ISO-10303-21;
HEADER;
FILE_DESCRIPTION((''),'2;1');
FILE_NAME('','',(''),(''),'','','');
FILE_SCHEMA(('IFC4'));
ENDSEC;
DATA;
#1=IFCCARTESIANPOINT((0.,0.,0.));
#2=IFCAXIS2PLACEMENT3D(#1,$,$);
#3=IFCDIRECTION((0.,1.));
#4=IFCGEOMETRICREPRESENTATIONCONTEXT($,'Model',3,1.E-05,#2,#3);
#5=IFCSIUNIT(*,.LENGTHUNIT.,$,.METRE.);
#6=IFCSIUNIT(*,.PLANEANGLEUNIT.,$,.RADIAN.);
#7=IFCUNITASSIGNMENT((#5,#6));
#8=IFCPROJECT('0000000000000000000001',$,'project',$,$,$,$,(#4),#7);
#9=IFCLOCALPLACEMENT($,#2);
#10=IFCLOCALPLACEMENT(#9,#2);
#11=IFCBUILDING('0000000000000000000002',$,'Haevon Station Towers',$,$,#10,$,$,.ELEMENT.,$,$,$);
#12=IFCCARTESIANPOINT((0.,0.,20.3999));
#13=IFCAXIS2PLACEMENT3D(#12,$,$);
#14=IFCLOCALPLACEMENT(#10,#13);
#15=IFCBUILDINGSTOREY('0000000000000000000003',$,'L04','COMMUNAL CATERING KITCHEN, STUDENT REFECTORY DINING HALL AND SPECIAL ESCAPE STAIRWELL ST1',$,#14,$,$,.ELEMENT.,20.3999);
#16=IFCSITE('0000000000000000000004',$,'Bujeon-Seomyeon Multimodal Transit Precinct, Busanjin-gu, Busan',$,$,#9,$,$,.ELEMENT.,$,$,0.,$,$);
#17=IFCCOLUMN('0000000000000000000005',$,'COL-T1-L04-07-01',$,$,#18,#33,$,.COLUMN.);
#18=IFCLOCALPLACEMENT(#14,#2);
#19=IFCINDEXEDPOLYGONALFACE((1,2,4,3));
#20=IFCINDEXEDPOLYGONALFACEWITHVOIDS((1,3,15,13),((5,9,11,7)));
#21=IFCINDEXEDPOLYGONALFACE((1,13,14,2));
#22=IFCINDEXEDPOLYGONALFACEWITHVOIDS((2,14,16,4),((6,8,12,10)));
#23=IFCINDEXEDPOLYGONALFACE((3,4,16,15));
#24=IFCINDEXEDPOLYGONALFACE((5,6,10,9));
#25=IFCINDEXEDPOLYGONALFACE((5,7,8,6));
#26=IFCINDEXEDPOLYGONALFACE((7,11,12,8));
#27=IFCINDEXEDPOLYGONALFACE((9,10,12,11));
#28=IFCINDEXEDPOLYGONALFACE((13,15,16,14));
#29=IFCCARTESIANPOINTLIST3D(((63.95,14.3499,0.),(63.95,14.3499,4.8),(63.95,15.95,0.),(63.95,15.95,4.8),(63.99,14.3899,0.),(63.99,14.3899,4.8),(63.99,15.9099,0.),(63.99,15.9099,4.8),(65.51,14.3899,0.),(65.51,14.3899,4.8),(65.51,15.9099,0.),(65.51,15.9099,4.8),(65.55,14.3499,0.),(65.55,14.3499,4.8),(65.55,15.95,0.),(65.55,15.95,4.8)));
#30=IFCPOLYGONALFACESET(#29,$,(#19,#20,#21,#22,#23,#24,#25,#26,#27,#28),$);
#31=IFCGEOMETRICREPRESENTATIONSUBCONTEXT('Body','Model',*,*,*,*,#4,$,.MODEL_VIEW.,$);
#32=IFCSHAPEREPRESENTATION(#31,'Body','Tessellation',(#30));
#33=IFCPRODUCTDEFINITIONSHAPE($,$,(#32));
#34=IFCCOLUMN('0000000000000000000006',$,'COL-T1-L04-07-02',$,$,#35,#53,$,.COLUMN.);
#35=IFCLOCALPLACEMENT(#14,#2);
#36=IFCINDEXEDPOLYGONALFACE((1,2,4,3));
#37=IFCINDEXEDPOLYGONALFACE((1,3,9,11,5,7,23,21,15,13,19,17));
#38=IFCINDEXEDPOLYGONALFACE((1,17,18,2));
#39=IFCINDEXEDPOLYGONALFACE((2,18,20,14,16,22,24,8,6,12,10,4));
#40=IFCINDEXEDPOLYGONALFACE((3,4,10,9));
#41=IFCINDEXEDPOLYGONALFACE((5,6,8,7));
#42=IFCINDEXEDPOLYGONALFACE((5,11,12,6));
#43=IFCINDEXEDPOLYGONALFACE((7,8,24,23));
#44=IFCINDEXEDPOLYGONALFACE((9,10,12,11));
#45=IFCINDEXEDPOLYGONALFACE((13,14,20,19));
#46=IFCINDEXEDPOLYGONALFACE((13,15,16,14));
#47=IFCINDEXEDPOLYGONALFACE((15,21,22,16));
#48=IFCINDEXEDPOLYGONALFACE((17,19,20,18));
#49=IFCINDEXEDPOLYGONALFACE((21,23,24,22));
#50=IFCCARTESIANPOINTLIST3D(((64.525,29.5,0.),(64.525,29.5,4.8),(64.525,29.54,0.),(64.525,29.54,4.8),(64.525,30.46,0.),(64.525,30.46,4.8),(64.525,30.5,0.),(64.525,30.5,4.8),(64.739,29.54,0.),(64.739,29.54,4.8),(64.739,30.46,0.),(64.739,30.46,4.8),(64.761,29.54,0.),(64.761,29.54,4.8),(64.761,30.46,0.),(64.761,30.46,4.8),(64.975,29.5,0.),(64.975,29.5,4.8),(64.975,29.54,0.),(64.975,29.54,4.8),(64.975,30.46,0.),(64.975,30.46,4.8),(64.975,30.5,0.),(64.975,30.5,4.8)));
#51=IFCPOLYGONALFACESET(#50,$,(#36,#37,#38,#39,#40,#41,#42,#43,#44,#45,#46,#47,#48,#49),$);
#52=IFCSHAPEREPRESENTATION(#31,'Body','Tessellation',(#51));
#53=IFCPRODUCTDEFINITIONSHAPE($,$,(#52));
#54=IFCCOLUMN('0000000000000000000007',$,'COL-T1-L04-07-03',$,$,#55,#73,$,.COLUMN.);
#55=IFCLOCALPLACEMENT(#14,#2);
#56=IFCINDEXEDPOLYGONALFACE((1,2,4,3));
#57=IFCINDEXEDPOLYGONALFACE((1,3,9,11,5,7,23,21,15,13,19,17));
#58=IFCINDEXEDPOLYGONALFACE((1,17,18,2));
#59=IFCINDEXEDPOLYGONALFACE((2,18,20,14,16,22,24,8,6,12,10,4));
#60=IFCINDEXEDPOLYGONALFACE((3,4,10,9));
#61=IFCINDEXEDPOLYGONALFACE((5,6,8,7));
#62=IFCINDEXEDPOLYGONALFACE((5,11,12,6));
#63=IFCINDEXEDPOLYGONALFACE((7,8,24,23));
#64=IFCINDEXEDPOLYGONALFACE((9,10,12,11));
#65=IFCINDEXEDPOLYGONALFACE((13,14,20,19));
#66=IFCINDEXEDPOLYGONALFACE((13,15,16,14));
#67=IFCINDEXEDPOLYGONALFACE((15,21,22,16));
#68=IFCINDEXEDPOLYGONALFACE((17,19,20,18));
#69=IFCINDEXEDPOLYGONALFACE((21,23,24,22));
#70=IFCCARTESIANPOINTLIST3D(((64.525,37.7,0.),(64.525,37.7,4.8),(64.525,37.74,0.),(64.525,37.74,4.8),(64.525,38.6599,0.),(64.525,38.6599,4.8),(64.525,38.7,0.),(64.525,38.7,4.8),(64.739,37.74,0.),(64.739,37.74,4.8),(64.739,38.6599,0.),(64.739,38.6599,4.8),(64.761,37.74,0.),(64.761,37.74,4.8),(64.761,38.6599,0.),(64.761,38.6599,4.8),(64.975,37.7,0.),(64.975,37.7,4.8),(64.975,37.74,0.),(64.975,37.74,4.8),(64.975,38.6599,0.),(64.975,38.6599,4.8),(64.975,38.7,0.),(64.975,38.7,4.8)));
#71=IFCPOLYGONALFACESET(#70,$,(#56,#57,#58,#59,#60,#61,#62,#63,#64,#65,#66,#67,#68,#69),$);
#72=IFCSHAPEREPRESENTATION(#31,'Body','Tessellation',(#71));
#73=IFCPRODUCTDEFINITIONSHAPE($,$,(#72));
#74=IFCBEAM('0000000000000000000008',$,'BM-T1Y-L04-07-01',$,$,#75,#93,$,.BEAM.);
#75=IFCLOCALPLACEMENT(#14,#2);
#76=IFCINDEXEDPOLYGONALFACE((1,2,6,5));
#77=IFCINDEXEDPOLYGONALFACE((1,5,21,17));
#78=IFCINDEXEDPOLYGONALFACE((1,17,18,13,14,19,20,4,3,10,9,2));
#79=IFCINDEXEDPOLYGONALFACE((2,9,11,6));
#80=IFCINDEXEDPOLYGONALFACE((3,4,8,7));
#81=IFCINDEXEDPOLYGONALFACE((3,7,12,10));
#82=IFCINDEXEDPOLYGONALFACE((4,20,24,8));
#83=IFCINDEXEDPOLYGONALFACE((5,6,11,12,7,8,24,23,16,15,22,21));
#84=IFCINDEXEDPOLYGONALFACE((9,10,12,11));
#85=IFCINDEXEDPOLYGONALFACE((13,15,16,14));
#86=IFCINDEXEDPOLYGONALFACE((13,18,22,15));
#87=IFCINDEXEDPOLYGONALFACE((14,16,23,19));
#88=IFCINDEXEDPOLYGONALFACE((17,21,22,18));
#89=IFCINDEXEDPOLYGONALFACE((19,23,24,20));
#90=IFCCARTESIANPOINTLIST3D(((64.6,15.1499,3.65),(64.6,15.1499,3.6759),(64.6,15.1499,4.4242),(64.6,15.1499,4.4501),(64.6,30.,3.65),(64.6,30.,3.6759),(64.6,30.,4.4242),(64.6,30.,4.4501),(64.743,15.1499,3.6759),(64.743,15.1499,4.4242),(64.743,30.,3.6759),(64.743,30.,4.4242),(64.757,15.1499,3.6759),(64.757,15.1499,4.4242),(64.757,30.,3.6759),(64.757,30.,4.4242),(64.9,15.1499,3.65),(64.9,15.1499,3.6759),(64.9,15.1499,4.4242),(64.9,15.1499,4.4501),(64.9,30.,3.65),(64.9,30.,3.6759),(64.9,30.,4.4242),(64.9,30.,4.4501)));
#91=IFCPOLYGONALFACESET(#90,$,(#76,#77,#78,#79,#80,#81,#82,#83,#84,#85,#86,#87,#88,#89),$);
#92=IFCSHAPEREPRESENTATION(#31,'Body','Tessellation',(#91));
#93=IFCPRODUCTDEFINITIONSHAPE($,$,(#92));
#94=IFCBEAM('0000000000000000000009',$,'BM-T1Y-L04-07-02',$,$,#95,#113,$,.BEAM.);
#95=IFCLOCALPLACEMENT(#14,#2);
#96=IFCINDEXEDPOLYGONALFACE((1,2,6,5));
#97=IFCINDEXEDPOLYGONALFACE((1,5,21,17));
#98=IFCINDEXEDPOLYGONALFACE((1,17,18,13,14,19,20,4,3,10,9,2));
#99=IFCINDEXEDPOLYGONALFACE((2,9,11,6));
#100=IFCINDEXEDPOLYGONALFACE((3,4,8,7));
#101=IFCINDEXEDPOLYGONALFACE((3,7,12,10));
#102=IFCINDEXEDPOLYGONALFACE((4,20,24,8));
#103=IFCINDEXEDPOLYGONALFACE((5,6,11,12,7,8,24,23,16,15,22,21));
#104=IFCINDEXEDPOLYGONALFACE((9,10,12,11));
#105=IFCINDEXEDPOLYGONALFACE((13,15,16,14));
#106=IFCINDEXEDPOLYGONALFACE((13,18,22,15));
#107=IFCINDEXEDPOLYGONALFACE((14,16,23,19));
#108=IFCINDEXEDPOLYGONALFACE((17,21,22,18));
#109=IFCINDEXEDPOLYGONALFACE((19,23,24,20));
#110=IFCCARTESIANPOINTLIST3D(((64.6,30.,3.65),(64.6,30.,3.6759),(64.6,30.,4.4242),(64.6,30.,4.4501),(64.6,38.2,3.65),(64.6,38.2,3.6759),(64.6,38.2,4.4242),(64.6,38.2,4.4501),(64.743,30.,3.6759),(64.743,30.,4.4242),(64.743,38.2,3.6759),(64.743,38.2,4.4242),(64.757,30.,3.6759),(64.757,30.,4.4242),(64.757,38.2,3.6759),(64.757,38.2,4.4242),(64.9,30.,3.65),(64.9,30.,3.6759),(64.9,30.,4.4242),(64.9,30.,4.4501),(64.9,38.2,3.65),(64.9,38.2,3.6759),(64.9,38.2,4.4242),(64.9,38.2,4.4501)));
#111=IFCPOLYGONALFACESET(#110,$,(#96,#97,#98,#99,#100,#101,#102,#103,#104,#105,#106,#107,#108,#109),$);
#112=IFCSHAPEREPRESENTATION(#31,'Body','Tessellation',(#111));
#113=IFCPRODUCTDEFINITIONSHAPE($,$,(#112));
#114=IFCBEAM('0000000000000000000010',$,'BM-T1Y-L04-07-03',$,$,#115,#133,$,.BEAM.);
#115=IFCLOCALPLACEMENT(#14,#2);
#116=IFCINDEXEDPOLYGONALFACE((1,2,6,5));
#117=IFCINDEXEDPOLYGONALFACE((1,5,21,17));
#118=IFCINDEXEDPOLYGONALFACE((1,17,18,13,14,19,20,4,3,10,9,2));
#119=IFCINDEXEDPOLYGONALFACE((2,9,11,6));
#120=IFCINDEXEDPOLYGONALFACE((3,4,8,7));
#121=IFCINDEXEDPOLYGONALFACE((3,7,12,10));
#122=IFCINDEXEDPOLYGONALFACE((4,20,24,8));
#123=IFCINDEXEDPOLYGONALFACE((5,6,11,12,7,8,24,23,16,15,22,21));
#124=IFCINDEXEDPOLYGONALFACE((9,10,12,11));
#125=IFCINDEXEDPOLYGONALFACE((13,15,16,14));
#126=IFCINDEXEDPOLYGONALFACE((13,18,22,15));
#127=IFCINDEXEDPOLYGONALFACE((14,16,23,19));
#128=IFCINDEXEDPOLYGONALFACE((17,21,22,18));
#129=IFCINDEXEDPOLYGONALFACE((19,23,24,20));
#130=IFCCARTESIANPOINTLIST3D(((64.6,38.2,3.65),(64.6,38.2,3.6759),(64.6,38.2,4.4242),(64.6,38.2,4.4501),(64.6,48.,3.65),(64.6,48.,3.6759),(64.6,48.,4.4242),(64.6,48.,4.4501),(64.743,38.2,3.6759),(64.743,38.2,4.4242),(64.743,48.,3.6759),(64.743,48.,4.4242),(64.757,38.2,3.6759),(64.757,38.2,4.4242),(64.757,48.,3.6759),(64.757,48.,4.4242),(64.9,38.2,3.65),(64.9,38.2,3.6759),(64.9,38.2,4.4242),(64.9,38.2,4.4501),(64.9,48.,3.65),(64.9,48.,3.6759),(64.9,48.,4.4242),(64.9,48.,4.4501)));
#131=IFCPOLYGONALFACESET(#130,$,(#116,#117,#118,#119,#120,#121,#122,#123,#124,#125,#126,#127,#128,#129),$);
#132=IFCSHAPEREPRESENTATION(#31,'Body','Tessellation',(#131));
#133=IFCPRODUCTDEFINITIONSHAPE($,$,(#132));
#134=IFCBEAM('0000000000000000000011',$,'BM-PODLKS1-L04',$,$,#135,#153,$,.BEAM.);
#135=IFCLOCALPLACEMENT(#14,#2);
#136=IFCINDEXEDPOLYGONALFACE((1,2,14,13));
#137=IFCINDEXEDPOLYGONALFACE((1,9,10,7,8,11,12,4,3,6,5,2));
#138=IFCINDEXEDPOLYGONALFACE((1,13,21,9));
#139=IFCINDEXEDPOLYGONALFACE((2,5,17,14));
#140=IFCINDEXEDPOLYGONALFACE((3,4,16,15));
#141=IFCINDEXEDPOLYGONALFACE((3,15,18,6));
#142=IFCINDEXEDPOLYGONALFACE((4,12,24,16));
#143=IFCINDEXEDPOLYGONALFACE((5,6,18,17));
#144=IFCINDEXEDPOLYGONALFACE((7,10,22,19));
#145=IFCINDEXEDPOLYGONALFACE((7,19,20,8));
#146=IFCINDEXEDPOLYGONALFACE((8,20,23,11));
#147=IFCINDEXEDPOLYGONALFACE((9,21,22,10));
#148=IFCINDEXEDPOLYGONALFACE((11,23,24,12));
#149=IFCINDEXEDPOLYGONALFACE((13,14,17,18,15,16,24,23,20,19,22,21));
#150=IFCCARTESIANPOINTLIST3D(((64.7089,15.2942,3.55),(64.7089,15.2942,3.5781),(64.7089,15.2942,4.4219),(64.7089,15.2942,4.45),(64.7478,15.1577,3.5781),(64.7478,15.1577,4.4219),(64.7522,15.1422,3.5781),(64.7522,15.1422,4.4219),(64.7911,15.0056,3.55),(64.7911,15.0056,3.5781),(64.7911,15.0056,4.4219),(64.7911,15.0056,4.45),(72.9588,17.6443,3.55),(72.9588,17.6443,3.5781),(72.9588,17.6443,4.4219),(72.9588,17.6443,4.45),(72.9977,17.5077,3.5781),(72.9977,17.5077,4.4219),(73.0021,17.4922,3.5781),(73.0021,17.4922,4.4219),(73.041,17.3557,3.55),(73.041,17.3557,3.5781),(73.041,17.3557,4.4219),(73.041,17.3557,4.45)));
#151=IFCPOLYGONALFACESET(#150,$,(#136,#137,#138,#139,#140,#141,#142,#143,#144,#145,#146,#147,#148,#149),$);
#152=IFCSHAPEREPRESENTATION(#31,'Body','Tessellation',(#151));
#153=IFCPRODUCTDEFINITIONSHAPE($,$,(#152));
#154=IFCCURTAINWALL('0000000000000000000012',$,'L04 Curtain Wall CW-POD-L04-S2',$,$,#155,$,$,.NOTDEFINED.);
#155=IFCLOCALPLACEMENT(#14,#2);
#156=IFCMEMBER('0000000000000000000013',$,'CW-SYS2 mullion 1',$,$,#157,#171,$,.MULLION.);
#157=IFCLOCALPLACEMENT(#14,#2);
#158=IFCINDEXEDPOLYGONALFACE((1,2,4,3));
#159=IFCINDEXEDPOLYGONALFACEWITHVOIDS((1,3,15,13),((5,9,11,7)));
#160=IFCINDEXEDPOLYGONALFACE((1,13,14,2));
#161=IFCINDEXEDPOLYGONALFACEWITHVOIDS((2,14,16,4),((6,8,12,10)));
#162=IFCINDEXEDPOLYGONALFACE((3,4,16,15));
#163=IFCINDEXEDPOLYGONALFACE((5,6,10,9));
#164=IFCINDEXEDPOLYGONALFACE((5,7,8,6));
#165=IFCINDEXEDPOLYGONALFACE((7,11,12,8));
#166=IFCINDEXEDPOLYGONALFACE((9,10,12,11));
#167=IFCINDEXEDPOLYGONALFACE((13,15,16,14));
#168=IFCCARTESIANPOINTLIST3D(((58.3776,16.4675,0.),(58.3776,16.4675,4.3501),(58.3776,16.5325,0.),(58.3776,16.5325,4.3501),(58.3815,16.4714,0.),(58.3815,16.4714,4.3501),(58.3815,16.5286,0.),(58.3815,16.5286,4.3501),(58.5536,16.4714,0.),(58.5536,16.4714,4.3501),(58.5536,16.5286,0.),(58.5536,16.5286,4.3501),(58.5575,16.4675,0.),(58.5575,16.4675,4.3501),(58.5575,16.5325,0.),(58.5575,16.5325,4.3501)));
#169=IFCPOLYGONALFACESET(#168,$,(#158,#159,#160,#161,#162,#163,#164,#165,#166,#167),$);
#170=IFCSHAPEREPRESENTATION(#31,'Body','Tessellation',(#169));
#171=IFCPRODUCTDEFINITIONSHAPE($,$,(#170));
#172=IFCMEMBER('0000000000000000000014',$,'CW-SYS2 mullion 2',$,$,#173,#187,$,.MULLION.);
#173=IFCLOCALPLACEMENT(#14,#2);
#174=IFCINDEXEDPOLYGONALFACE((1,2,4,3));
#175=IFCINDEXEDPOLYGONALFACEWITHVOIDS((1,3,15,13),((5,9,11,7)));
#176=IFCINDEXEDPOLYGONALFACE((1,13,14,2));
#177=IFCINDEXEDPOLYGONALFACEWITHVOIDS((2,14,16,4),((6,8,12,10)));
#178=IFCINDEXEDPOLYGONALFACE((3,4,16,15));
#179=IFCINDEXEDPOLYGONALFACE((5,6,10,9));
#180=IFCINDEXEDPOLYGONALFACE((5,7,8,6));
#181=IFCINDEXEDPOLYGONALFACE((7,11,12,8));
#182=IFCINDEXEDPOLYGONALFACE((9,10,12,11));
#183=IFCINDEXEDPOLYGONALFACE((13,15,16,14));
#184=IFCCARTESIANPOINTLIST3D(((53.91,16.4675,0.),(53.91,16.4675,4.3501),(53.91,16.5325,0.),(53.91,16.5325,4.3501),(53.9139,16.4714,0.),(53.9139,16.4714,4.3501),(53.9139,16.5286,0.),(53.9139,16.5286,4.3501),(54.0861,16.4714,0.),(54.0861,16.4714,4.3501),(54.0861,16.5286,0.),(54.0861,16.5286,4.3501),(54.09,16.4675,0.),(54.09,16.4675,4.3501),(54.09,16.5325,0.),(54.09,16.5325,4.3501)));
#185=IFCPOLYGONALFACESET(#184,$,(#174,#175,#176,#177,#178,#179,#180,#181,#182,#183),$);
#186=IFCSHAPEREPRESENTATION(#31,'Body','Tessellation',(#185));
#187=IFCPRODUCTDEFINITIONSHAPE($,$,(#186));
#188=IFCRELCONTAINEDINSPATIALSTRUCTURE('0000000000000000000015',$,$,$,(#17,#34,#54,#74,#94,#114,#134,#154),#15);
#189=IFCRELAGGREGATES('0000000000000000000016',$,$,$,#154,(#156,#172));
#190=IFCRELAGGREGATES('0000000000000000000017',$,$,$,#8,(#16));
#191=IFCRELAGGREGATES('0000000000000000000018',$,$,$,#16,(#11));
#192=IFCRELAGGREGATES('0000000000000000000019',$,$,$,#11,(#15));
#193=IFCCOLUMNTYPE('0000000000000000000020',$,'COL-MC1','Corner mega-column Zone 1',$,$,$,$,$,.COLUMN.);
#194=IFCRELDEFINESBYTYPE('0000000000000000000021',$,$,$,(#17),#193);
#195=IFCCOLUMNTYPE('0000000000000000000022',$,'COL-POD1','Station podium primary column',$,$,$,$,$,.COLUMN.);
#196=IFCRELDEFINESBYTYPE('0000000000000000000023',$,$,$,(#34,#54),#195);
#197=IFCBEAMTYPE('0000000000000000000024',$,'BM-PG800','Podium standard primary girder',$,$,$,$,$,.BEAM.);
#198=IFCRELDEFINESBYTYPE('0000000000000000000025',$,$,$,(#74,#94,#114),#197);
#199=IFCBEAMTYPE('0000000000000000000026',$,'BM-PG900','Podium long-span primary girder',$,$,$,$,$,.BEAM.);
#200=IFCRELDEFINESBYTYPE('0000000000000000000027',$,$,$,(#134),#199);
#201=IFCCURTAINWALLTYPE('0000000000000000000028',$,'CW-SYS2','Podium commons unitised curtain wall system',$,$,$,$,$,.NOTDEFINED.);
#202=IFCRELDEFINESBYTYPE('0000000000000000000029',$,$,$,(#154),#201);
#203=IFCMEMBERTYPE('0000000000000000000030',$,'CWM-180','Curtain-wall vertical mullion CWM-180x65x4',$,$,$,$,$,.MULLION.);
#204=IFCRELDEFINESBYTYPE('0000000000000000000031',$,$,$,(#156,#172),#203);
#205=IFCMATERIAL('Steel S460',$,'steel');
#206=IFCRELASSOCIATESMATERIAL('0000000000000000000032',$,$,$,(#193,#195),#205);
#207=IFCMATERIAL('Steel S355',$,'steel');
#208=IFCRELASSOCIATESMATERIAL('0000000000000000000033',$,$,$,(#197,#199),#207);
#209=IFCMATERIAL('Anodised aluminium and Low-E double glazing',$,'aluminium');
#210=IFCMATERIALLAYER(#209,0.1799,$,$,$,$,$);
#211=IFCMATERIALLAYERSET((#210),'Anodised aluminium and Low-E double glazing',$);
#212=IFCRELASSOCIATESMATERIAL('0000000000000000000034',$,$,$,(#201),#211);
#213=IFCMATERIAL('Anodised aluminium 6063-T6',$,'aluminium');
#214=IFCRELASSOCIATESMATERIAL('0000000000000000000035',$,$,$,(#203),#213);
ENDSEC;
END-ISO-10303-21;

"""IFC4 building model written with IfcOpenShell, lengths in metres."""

from ifc_helpers import new_model, si_unit, direction, frame, origin, origin_2d, place, context, subcontext, project, spatial, hollow_rectangle, i_section, extrude, material, layer, layer_set, material_profile, profile_set, type_object, element, aggregate, save


model = new_model("IFC4")

# Units and contexts
model_context = context("Model", 3, precision=1e-05, world=origin(), true_north=direction((0.0, 1.0)))
body_context = subcontext(model_context, "Body", "Model", "MODEL_VIEW")
ifc_project = project(units=[si_unit("LENGTHUNIT", "METRE"), si_unit("PLANEANGLEUNIT", "RADIAN")], contexts=[model_context])

# Site, building, storey
site_placement = place(None, origin())
site = spatial("IfcSite", under=ifc_project, at=site_placement, Name="Bujeon-Seomyeon Multimodal Transit Precinct, Busanjin-gu, Busan", CompositionType="ELEMENT", RefElevation=0.0)
building_placement = place(site_placement, origin())
building = spatial("IfcBuilding", under=site, at=building_placement, Name="Haevon Station Towers", CompositionType="ELEMENT")
storey_placement = place(building_placement, frame((0.0, 0.0, 20.3999)))
storey = spatial("IfcBuildingStorey", under=building, at=storey_placement, Name="L04", Description="COMMUNAL CATERING KITCHEN, STUDENT REFECTORY DINING HALL AND SPECIAL ESCAPE STAIRWELL ST1", CompositionType="ELEMENT", Elevation=20.3999)

# Columns
ifc_material_1 = material(Name="Steel S460", Category="steel")
ifc_material_profile_1 = material_profile(ifc_material_1, hollow_rectangle(XDim=1.6001, YDim=1.6001, WallThickness=0.04, at=origin_2d()), Name="BOX-1600x1600x40")
ifc_profile_set_1 = profile_set([ifc_material_profile_1], Name="Steel S460")
column_type_1 = type_object("IfcColumnType", Name="COL-MC1", Description="Corner mega-column Zone 1", PredefinedType="COLUMN", material=ifc_profile_set_1)
column_placement = place(storey_placement, frame((64.75, 15.1499, 0.0), z_axis=(0.0, 0.0, 1.0), x_axis=(1.0, 0.0, 0.0)))
element("IfcColumn", 1, at=column_placement, inside=storey, type_object=column_type_1, Name="COL-T1-L04-07-01", PredefinedType="COLUMN", context=body_context, shape_type="SweptSolid", body=[
    extrude(hollow_rectangle(XDim=1.6001, YDim=1.6001, WallThickness=0.04, at=origin_2d()), origin(), (0.0, 0.0, 1.0), 4.8),
])
ifc_material_profile_2 = material_profile(ifc_material_1, i_section(OverallWidth=0.45, OverallDepth=1.0, WebThickness=0.022, FlangeThickness=0.04, at=origin_2d()), Name="H-1000x450x22x40")
ifc_profile_set_2 = profile_set([ifc_material_profile_2], Name="Steel S460")
column_type_2 = type_object("IfcColumnType", Name="COL-POD1", Description="Station podium primary column", PredefinedType="COLUMN", material=ifc_profile_set_2)
for number, where, z_axis, x_axis, name in (
    (2, (64.75, 30.0, 0.0), (0.0, 0.0, 1.0), (1.0, 0.0, 0.0), "COL-T1-L04-07-02"),
    (3, (64.75, 38.2, 0.0), (0.0, 0.0, 1.0), (1.0, 0.0, 0.0), "COL-T1-L04-07-03"),
):
    element("IfcColumn", number, at=place(storey_placement, frame(where, z_axis=z_axis, x_axis=x_axis)), inside=storey, type_object=column_type_2, Name=name, PredefinedType="COLUMN", context=body_context, shape_type="SweptSolid", body=[
        extrude(i_section(OverallWidth=0.45, OverallDepth=1.0, WebThickness=0.022, FlangeThickness=0.04, at=origin_2d()), origin(), (0.0, 0.0, 1.0), 4.8),
    ])

# Beams
ifc_material_2 = material(Name="Steel S355", Category="steel")
ifc_material_profile_3 = material_profile(ifc_material_2, i_section(OverallWidth=0.3, OverallDepth=0.8, WebThickness=0.0139, FlangeThickness=0.0259, at=origin_2d()), Name="H-800x300x14x26")
ifc_profile_set_3 = profile_set([ifc_material_profile_3], Name="Steel S355")
beam_type_1 = type_object("IfcBeamType", Name="BM-PG800", Description="Podium standard primary girder", PredefinedType="BEAM", material=ifc_profile_set_3)
beam_1_placement = place(storey_placement, frame((64.75, 15.1499, 4.05), z_axis=(0.0, 1.0, 0.0), x_axis=(-1.0, 0.0, 0.0)))
element("IfcBeam", 4, at=beam_1_placement, inside=storey, type_object=beam_type_1, Name="BM-T1Y-L04-07-01", PredefinedType="BEAM", context=body_context, shape_type="SweptSolid", body=[
    extrude(i_section(OverallWidth=0.3, OverallDepth=0.8, WebThickness=0.0139, FlangeThickness=0.0259, at=origin_2d()), origin(), (0.0, 0.0, 1.0), 14.8501),
])
beam_2_placement = place(storey_placement, frame((64.75, 30.0, 4.05), z_axis=(0.0, 1.0, 0.0), x_axis=(-1.0, 0.0, 0.0)))
element("IfcBeam", 5, at=beam_2_placement, inside=storey, type_object=beam_type_1, Name="BM-T1Y-L04-07-02", PredefinedType="BEAM", context=body_context, shape_type="SweptSolid", body=[
    extrude(i_section(OverallWidth=0.3, OverallDepth=0.8, WebThickness=0.0139, FlangeThickness=0.0259, at=origin_2d()), origin(), (0.0, 0.0, 1.0), 8.2),
])
beam_3_placement = place(storey_placement, frame((64.75, 38.2, 4.05), z_axis=(0.0, 1.0, 0.0), x_axis=(-1.0, 0.0, 0.0)))
element("IfcBeam", 6, at=beam_3_placement, inside=storey, type_object=beam_type_1, Name="BM-T1Y-L04-07-03", PredefinedType="BEAM", context=body_context, shape_type="SweptSolid", body=[
    extrude(i_section(OverallWidth=0.3, OverallDepth=0.8, WebThickness=0.0139, FlangeThickness=0.0259, at=origin_2d()), origin(), (0.0, 0.0, 1.0), 9.8),
])
ifc_material_profile_4 = material_profile(ifc_material_2, i_section(OverallWidth=0.3, OverallDepth=0.8999, WebThickness=0.0161, FlangeThickness=0.0281, at=origin_2d()), Name="H-900x300x16x28")
ifc_profile_set_4 = profile_set([ifc_material_profile_4], Name="Steel S355")
beam_type_2 = type_object("IfcBeamType", Name="BM-PG900", Description="Podium long-span primary girder", PredefinedType="BEAM", material=ifc_profile_set_4)
beam_4_placement = place(storey_placement, frame((64.75, 15.1499, 4.0), z_axis=(0.961741, 0.273962, 0.0), x_axis=(-0.273962, 0.961741, 0.0)))
element("IfcBeam", 7, at=beam_4_placement, inside=storey, type_object=beam_type_2, Name="BM-PODLKS1-L04", PredefinedType="BEAM", context=body_context, shape_type="SweptSolid", body=[
    extrude(i_section(OverallWidth=0.3, OverallDepth=0.8999, WebThickness=0.0161, FlangeThickness=0.0281, at=origin_2d()), origin(), (0.0, 0.0, 1.0), 8.5781),
])

# Curtain wall, members
ifc_material_3 = material(Name="Anodised aluminium and Low-E double glazing", Category="aluminium")
ifc_layer_1 = layer(ifc_material_3, 0.1799)
ifc_layer_set_1 = layer_set([ifc_layer_1], Name="Anodised aluminium and Low-E double glazing")
curtain_wall_type = type_object("IfcCurtainWallType", Name="CW-SYS2", Description="Podium commons unitised curtain wall system", PredefinedType="NOTDEFINED", material=ifc_layer_set_1)
curtain_wall_1_placement = place(storey_placement, origin())
curtain_wall_1 = element("IfcCurtainWall", 8, at=curtain_wall_1_placement, inside=storey, type_object=curtain_wall_type, Name="L04 Curtain Wall CW-POD-L04-S2", PredefinedType="NOTDEFINED")
ifc_material_4 = material(Name="Anodised aluminium 6063-T6", Category="aluminium")
ifc_material_profile_5 = material_profile(ifc_material_4, hollow_rectangle(XDim=0.0649, YDim=0.1799, WallThickness=0.0039, at=origin_2d()), Name="CWM-180x65x4")
ifc_profile_set_5 = profile_set([ifc_material_profile_5], Name="Anodised aluminium 6063-T6")
member_type_1 = type_object("IfcMemberType", Name="CWM-180", Description="Curtain-wall vertical mullion CWM-180x65x4", PredefinedType="MULLION", material=ifc_profile_set_5)
member_1_placement = place(storey_placement, frame((58.4675, 16.5, 0.0), z_axis=(0.0, 0.0, 1.0), x_axis=(0.0, -1.0, 0.0)))
member_1 = element("IfcMember", 9, at=member_1_placement, type_object=member_type_1, Name="CW-SYS2 mullion 1", PredefinedType="MULLION", context=body_context, shape_type="SweptSolid", body=[
    extrude(hollow_rectangle(XDim=0.0649, YDim=0.1799, WallThickness=0.0039, at=origin_2d()), origin(), (0.0, 0.0, 1.0), 4.3501),
])
member_2_placement = place(storey_placement, frame((54.0, 16.5, 0.0), z_axis=(0.0, 0.0, 1.0), x_axis=(0.0, -1.0, 0.0)))
member_2 = element("IfcMember", 10, at=member_2_placement, type_object=member_type_1, Name="CW-SYS2 mullion 2", PredefinedType="MULLION", context=body_context, shape_type="SweptSolid", body=[
    extrude(hollow_rectangle(XDim=0.0649, YDim=0.1799, WallThickness=0.0039, at=origin_2d()), origin(), (0.0, 0.0, 1.0), 4.3501),
])

aggregate(curtain_wall_1, [member_1, member_2])

save(model, "model.ifc")
